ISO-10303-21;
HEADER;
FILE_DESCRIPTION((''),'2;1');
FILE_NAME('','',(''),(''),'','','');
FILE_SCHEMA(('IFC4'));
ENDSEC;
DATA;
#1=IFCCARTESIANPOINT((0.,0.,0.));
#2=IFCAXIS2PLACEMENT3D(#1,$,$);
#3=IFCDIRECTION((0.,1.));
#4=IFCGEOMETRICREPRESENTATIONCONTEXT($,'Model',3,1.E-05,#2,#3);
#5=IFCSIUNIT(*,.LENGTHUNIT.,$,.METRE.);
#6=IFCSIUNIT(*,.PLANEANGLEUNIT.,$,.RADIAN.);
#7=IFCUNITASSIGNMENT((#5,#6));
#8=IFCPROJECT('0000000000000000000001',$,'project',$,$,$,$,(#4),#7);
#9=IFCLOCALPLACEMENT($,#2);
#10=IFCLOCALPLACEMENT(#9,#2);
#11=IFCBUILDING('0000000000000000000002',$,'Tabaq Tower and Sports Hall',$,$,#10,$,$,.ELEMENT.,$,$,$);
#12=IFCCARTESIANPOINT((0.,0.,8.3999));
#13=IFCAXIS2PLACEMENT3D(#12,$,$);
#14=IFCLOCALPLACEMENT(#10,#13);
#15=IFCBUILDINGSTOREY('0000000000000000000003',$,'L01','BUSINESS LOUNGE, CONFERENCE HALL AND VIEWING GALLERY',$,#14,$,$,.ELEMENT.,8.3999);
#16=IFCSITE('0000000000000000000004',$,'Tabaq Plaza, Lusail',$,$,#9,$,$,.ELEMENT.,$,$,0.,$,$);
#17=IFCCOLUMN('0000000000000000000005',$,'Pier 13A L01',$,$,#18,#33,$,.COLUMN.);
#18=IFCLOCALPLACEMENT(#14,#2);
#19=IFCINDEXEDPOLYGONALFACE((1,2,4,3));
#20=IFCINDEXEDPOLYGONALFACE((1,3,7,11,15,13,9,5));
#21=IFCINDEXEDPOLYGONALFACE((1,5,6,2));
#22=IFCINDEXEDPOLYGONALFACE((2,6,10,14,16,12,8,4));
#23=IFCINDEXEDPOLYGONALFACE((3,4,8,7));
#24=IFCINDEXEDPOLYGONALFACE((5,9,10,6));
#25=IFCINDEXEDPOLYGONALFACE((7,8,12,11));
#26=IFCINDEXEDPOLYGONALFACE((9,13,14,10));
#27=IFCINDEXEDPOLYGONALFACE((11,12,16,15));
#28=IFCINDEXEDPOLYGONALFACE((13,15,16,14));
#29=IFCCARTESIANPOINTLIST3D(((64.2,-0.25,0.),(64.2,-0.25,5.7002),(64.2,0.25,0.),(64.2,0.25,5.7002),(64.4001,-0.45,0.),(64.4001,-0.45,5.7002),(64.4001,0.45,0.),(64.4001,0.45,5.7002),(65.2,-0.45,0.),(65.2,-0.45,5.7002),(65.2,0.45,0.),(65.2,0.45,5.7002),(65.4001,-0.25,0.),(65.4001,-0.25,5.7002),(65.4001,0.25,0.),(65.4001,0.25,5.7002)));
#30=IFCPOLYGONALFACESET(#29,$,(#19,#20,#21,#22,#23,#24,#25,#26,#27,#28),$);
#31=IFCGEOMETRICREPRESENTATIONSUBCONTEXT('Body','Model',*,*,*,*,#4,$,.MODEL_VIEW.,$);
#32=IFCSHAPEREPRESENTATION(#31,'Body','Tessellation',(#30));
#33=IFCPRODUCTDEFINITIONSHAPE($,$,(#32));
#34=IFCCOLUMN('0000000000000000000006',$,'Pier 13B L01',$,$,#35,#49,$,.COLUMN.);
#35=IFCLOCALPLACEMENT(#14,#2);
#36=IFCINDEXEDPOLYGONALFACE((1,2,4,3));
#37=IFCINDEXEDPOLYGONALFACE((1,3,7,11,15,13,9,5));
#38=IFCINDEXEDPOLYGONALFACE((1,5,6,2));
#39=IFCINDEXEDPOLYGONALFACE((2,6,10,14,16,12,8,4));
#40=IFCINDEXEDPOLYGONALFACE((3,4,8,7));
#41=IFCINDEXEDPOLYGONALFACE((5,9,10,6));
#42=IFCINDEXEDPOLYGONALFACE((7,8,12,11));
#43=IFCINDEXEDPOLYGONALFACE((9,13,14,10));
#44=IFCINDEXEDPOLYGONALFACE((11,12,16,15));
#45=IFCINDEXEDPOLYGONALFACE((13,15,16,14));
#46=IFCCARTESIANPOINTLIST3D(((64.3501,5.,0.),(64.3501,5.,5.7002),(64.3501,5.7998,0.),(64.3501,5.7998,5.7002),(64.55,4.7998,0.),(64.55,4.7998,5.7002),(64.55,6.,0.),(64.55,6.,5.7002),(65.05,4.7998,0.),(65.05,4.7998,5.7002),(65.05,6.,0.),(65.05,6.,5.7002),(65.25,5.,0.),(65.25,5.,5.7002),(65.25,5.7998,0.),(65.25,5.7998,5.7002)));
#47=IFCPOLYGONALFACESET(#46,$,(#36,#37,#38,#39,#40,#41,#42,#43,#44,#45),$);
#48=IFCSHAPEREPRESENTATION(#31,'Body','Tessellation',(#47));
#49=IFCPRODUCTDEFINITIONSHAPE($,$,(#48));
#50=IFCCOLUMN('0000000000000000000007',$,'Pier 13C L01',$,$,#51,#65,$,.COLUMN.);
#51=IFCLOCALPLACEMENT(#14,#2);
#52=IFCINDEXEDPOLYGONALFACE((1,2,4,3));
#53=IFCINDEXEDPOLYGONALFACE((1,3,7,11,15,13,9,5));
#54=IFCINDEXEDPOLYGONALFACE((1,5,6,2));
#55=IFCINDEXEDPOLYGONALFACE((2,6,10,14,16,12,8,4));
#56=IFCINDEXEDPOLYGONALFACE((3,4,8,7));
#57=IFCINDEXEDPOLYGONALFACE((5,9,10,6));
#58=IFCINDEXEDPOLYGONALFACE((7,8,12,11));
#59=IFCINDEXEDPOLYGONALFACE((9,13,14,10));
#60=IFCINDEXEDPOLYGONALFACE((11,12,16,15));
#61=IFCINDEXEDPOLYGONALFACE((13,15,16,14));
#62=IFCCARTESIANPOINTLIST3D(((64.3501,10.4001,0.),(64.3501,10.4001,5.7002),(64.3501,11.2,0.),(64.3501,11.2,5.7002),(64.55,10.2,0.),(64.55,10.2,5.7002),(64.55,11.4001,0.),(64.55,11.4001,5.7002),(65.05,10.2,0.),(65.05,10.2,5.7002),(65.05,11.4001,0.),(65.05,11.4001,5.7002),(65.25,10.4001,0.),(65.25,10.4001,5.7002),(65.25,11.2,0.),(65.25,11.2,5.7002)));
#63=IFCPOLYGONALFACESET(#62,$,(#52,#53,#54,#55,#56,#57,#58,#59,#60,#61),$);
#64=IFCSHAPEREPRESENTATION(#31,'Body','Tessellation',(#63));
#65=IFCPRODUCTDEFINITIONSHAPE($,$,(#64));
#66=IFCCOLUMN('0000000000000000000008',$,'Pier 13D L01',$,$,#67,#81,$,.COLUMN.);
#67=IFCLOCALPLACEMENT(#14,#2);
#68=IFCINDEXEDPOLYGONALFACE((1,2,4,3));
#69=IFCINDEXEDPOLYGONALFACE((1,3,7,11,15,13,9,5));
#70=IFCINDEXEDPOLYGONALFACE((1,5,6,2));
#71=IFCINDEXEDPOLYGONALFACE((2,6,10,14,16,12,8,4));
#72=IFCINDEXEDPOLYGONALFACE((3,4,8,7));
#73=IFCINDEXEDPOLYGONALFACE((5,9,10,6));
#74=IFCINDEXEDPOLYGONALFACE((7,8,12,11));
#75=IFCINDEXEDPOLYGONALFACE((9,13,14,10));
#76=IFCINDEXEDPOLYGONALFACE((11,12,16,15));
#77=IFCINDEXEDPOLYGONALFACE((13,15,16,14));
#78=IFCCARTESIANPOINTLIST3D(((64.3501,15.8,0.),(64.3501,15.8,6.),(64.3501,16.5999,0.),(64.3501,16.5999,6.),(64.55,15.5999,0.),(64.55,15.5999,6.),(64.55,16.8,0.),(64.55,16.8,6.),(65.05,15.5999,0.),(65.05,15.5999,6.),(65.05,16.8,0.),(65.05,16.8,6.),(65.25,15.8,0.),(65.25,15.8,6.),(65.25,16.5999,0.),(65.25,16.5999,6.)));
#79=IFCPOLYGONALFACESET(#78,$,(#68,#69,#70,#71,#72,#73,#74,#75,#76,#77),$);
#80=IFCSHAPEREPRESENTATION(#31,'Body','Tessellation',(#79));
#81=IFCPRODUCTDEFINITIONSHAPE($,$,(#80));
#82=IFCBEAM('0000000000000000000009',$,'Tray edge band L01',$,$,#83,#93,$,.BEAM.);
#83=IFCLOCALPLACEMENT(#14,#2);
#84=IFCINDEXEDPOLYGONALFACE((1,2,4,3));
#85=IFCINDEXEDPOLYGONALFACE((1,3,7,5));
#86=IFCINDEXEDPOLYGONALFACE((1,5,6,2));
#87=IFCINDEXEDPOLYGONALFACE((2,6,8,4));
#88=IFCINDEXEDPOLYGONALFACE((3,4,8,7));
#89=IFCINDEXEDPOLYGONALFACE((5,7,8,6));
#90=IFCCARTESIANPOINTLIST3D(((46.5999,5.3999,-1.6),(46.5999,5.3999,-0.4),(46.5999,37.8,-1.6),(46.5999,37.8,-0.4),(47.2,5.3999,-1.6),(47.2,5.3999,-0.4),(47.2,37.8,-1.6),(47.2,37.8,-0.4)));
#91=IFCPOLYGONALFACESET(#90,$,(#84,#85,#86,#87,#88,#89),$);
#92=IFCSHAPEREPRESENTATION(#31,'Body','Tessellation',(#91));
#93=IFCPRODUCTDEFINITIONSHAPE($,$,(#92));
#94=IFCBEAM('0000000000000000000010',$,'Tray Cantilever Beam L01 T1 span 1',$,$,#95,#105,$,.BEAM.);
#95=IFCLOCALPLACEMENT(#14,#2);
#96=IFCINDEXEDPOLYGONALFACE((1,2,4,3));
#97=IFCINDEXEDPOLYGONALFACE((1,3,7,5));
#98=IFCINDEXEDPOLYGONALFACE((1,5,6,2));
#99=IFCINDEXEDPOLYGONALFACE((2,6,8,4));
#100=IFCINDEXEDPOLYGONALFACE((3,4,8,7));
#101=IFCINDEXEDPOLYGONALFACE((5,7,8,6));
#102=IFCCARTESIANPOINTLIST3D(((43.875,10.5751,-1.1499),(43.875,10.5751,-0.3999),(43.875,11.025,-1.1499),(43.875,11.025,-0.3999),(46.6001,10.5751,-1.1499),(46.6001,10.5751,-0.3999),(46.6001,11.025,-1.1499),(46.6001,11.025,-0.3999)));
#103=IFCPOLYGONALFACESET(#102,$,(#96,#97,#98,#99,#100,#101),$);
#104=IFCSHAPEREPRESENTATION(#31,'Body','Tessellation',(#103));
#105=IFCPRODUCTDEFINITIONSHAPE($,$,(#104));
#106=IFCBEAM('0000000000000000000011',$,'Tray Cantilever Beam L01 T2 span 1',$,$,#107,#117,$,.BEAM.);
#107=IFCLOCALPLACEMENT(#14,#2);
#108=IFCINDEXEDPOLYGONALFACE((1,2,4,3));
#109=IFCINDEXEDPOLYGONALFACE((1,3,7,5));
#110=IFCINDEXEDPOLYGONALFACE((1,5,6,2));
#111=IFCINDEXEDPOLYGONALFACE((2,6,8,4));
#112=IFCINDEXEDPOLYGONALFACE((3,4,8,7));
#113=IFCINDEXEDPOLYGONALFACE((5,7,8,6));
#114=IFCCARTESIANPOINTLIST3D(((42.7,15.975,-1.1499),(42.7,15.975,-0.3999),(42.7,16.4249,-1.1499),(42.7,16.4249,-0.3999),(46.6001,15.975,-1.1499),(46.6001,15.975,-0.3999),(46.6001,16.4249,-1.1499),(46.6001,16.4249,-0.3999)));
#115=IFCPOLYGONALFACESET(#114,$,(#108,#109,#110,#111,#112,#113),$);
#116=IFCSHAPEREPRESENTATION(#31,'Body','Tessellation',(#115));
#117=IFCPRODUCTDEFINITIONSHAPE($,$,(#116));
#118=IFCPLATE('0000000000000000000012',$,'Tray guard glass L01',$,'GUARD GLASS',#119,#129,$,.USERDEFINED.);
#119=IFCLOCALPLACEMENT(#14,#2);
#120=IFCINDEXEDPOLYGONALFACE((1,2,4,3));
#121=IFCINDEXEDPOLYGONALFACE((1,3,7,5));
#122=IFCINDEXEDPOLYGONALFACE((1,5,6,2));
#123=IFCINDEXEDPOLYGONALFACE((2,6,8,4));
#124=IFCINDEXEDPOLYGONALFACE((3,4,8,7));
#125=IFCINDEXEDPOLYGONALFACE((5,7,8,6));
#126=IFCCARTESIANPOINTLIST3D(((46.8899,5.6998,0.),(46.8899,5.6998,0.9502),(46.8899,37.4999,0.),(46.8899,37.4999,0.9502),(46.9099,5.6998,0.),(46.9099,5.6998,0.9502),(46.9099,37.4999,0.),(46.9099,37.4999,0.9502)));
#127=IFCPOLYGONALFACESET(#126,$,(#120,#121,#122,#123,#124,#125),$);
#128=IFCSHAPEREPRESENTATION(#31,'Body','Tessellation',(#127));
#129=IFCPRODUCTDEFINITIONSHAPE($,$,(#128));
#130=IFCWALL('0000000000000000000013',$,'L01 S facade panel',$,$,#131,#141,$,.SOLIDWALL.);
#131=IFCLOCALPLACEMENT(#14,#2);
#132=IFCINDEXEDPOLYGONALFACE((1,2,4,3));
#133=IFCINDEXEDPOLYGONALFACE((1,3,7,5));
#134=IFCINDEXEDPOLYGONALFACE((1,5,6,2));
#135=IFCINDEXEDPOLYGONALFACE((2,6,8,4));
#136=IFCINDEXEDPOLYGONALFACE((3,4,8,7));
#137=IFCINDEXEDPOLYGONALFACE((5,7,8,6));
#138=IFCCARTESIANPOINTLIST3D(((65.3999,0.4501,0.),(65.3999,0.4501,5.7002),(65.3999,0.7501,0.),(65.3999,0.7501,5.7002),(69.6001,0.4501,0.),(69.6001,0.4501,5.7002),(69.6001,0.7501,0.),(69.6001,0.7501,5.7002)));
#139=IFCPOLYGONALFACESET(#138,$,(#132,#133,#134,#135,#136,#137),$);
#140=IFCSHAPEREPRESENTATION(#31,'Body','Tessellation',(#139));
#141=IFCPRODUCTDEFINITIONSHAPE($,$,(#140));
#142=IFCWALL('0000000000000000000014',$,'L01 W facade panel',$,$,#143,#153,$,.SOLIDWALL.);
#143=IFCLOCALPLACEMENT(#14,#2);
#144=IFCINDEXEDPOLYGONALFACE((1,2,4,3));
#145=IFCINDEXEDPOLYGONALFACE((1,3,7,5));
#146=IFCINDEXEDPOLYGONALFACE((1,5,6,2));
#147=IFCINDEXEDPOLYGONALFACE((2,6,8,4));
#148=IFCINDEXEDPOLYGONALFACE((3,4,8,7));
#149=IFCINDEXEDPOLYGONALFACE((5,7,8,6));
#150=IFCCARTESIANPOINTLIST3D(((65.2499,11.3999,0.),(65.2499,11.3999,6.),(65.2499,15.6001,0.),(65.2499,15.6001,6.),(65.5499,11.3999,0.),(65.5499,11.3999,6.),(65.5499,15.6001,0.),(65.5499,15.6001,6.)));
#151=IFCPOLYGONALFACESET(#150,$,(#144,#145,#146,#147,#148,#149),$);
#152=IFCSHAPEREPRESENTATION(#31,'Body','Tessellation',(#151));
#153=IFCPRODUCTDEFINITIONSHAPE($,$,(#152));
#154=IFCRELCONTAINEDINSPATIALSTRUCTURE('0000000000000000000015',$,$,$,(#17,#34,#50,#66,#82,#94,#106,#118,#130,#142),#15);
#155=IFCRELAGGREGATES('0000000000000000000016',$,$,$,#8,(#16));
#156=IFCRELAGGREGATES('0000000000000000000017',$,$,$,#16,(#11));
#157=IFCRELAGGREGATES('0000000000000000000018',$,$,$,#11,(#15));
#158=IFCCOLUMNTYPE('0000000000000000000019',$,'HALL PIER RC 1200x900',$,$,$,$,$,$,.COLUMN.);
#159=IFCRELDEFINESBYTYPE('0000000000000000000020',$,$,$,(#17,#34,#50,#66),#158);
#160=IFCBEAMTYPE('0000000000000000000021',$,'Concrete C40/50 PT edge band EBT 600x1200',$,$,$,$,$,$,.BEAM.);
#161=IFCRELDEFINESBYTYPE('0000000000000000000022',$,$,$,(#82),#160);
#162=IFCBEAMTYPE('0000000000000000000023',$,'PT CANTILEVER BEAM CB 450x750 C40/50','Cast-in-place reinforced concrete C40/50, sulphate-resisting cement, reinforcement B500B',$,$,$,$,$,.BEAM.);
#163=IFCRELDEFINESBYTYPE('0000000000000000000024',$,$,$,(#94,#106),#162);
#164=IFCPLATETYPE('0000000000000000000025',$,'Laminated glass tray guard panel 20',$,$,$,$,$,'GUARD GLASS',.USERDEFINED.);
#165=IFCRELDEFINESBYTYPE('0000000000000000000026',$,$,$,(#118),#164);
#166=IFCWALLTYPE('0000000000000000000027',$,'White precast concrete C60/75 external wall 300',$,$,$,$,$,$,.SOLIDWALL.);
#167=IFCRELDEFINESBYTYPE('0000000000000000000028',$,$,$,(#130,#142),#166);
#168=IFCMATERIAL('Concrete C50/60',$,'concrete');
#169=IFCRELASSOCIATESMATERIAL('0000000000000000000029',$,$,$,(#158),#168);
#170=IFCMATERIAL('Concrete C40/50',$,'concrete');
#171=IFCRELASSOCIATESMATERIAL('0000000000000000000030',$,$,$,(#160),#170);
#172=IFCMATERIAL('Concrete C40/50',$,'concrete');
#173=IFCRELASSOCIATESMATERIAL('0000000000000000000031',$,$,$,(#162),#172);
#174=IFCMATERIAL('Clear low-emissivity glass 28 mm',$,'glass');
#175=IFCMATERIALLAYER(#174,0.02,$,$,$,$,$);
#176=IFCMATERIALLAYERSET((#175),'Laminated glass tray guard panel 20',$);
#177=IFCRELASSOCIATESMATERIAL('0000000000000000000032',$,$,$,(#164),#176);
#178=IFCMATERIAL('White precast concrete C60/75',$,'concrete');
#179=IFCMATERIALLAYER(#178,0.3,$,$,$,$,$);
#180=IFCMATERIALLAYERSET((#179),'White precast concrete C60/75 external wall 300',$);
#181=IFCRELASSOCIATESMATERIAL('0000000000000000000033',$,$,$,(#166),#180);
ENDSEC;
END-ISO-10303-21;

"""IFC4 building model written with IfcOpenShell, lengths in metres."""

from ifc_helpers import new_model, si_unit, direction, frame, frame_2d, origin, origin_2d, place, context, subcontext, project, spatial, polyline, rectangle, outline, extrude, material, layer, layer_set, material_profile, profile_set, type_object, element, save


model = new_model("IFC4")

# Units and contexts
model_context = context("Model", 3, precision=1e-05, world=origin(), true_north=direction((0.0, 1.0)))
body_context = subcontext(model_context, "Body", "Model", "MODEL_VIEW")
ifc_project = project(units=[si_unit("LENGTHUNIT", "METRE"), si_unit("PLANEANGLEUNIT", "RADIAN")], contexts=[model_context])

# Site, building, storey
site_placement = place(None, origin())
site = spatial("IfcSite", under=ifc_project, at=site_placement, Name="Tabaq Plaza, Lusail", CompositionType="ELEMENT", RefElevation=0.0)
building_placement = place(site_placement, origin())
building = spatial("IfcBuilding", under=site, at=building_placement, Name="Tabaq Tower and Sports Hall", CompositionType="ELEMENT")
storey_placement = place(building_placement, frame((0.0, 0.0, 8.3999)))
storey = spatial("IfcBuildingStorey", under=building, at=storey_placement, Name="L01", Description="BUSINESS LOUNGE, CONFERENCE HALL AND VIEWING GALLERY", CompositionType="ELEMENT", Elevation=8.3999)

# Columns
ifc_material_1 = material(Name="Concrete C50/60", Category="concrete")
ifc_material_profile_1 = material_profile(ifc_material_1, outline(polyline([(-0.3999, -0.45), (0.3999, -0.45), (0.6001, -0.25), (0.6001, 0.25), (0.3999, 0.45), (-0.3999, 0.45), (-0.6001, 0.25), (-0.6001, -0.25), (-0.3999, -0.45)])), Name="PIER 1200x900")
ifc_profile_set_1 = profile_set([ifc_material_profile_1], Name="Concrete C50/60")
column_type = type_object("IfcColumnType", Name="HALL PIER RC 1200x900", PredefinedType="COLUMN", material=ifc_profile_set_1)
for number, where, z_axis, x_axis, name in (
    (1, (64.8, 0.0, 0.0), (0.0, 0.0, 1.0), (1.0, 0.0, 0.0), "Pier 13A L01"),
    (2, (64.8, 5.3999, 0.0), (0.0, 0.0, 1.0), (0.0, 1.0, 0.0), "Pier 13B L01"),
    (3, (64.8, 10.8, 0.0), (0.0, 0.0, 1.0), (0.0, 1.0, 0.0), "Pier 13C L01"),
):
    element("IfcColumn", number, at=place(storey_placement, frame(where, z_axis=z_axis, x_axis=x_axis)), inside=storey, type_object=column_type, Name=name, PredefinedType="COLUMN", context=body_context, shape_type="SweptSolid", body=[
        extrude(outline(polyline([(-0.3999, -0.45), (0.3999, -0.45), (0.6001, -0.25), (0.6001, 0.25), (0.3999, 0.45), (-0.3999, 0.45), (-0.6001, 0.25), (-0.6001, -0.25), (-0.3999, -0.45)])), origin(), (0.0, 0.0, 1.0), 5.7002),
    ])
column_placement = place(storey_placement, frame((64.8, 16.2, 0.0), z_axis=(0.0, 0.0, 1.0), x_axis=(0.0, 1.0, 0.0)))
element("IfcColumn", 4, at=column_placement, inside=storey, type_object=column_type, Name="Pier 13D L01", PredefinedType="COLUMN", context=body_context, shape_type="SweptSolid", body=[
    extrude(outline(polyline([(-0.3999, -0.45), (0.3999, -0.45), (0.6001, -0.25), (0.6001, 0.25), (0.3999, 0.45), (-0.3999, 0.45), (-0.6001, 0.25), (-0.6001, -0.25), (-0.3999, -0.45)])), origin(), (0.0, 0.0, 1.0), 6.0),
])

# Beams
ifc_material_2 = material(Name="Concrete C40/50", Category="concrete")
ifc_material_profile_2 = material_profile(ifc_material_2, rectangle(XDim=0.6001, YDim=1.2, at=origin_2d()), Name="EBT 600x1200")
ifc_profile_set_2 = profile_set([ifc_material_profile_2], Name="Concrete C40/50")
beam_type_1 = type_object("IfcBeamType", Name="Concrete C40/50 PT edge band EBT 600x1200", PredefinedType="BEAM", material=ifc_profile_set_2)
beam_1_placement = place(storey_placement, frame((46.8999, 5.3999, -1.0), z_axis=(0.0, 1.0, 0.0), x_axis=(-1.0, 0.0, 0.0)))
element("IfcBeam", 5, at=beam_1_placement, inside=storey, type_object=beam_type_1, Name="Tray edge band L01", PredefinedType="BEAM", context=body_context, shape_type="SweptSolid", body=[
    extrude(rectangle(XDim=0.6001, YDim=1.2, at=origin_2d()), origin(), (0.0, 0.0, 1.0), 32.4001),
])
ifc_material_3 = material(Name="Concrete C40/50", Category="concrete")
ifc_material_profile_3 = material_profile(ifc_material_3, rectangle(XDim=0.45, YDim=0.75, at=origin_2d()), Name="CB 450x750")
ifc_profile_set_3 = profile_set([ifc_material_profile_3], Name="Concrete C40/50")
beam_type_2 = type_object("IfcBeamType", Name="PT CANTILEVER BEAM CB 450x750 C40/50", Description="Cast-in-place reinforced concrete C40/50, sulphate-resisting cement, reinforcement B500B", PredefinedType="BEAM", material=ifc_profile_set_3)
beam_2_placement = place(storey_placement, frame((46.6001, 10.8, -0.7749), z_axis=(-1.0, 0.0, 0.0), x_axis=(0.0, -1.0, 0.0)))
element("IfcBeam", 6, at=beam_2_placement, inside=storey, type_object=beam_type_2, Name="Tray Cantilever Beam L01 T1 span 1", PredefinedType="BEAM", context=body_context, shape_type="SweptSolid", body=[
    extrude(rectangle(XDim=0.45, YDim=0.75, at=origin_2d()), origin(), (0.0, 0.0, 1.0), 2.7251),
])
beam_3_placement = place(storey_placement, frame((46.6001, 16.2, -0.7749), z_axis=(-1.0, 0.0, 0.0), x_axis=(0.0, -1.0, 0.0)))
element("IfcBeam", 7, at=beam_3_placement, inside=storey, type_object=beam_type_2, Name="Tray Cantilever Beam L01 T2 span 1", PredefinedType="BEAM", context=body_context, shape_type="SweptSolid", body=[
    extrude(rectangle(XDim=0.45, YDim=0.75, at=origin_2d()), origin(), (0.0, 0.0, 1.0), 3.9001),
])

# Plate
ifc_material_4 = material(Name="Clear low-emissivity glass 28 mm", Category="glass")
ifc_layer_1 = layer(ifc_material_4, 0.02)
ifc_layer_set_1 = layer_set([ifc_layer_1], Name="Laminated glass tray guard panel 20")
plate_type = type_object("IfcPlateType", Name="Laminated glass tray guard panel 20", ElementType="GUARD GLASS", PredefinedType="USERDEFINED", material=ifc_layer_set_1)
plate_placement = place(storey_placement, frame((46.8999, 5.7, 0.0), z_axis=(0.0, 0.0, 1.0), x_axis=(0.0, 1.0, 0.0)))
element("IfcPlate", 8, at=plate_placement, inside=storey, type_object=plate_type, Name="Tray guard glass L01", ObjectType="GUARD GLASS", PredefinedType="USERDEFINED", context=body_context, shape_type="SweptSolid", body=[
    extrude(rectangle(XDim=31.8, YDim=0.02, at=frame_2d((15.8999, 0.0))), origin(), (0.0, 0.0, 1.0), 0.9502),
])

# Wall
ifc_material_5 = material(Name="White precast concrete C60/75", Category="concrete")
ifc_layer_2 = layer(ifc_material_5, 0.3)
ifc_layer_set_2 = layer_set([ifc_layer_2], Name="White precast concrete C60/75 external wall 300")
wall_type_1 = type_object("IfcWallType", Name="White precast concrete C60/75 external wall 300", PredefinedType="SOLIDWALL", material=ifc_layer_set_2)
wall_1_placement = place(storey_placement, frame((65.3999, 0.6001, 0.0), z_axis=(0.0, 0.0, 1.0), x_axis=(1.0, 0.0, 0.0)))
element("IfcWall", 9, at=wall_1_placement, inside=storey, type_object=wall_type_1, Name="L01 S facade panel", PredefinedType="SOLIDWALL", context=body_context, shape_type="SweptSolid", body=[
    extrude(rectangle(XDim=4.2002, YDim=0.3, at=frame_2d((2.1001, 0.0))), origin(), (0.0, 0.0, 1.0), 5.7002),
])

# Wall
wall_2_placement = place(storey_placement, frame((65.3999, 11.3999, 0.0), z_axis=(0.0, 0.0, 1.0), x_axis=(0.0, 1.0, 0.0)))
element("IfcWall", 10, at=wall_2_placement, inside=storey, type_object=wall_type_1, Name="L01 W facade panel", PredefinedType="SOLIDWALL", context=body_context, shape_type="SweptSolid", body=[
    extrude(rectangle(XDim=4.2002, YDim=0.3, at=frame_2d((2.1001, 0.0))), origin(), (0.0, 0.0, 1.0), 6.0),
])

save(model, "model.ifc")
